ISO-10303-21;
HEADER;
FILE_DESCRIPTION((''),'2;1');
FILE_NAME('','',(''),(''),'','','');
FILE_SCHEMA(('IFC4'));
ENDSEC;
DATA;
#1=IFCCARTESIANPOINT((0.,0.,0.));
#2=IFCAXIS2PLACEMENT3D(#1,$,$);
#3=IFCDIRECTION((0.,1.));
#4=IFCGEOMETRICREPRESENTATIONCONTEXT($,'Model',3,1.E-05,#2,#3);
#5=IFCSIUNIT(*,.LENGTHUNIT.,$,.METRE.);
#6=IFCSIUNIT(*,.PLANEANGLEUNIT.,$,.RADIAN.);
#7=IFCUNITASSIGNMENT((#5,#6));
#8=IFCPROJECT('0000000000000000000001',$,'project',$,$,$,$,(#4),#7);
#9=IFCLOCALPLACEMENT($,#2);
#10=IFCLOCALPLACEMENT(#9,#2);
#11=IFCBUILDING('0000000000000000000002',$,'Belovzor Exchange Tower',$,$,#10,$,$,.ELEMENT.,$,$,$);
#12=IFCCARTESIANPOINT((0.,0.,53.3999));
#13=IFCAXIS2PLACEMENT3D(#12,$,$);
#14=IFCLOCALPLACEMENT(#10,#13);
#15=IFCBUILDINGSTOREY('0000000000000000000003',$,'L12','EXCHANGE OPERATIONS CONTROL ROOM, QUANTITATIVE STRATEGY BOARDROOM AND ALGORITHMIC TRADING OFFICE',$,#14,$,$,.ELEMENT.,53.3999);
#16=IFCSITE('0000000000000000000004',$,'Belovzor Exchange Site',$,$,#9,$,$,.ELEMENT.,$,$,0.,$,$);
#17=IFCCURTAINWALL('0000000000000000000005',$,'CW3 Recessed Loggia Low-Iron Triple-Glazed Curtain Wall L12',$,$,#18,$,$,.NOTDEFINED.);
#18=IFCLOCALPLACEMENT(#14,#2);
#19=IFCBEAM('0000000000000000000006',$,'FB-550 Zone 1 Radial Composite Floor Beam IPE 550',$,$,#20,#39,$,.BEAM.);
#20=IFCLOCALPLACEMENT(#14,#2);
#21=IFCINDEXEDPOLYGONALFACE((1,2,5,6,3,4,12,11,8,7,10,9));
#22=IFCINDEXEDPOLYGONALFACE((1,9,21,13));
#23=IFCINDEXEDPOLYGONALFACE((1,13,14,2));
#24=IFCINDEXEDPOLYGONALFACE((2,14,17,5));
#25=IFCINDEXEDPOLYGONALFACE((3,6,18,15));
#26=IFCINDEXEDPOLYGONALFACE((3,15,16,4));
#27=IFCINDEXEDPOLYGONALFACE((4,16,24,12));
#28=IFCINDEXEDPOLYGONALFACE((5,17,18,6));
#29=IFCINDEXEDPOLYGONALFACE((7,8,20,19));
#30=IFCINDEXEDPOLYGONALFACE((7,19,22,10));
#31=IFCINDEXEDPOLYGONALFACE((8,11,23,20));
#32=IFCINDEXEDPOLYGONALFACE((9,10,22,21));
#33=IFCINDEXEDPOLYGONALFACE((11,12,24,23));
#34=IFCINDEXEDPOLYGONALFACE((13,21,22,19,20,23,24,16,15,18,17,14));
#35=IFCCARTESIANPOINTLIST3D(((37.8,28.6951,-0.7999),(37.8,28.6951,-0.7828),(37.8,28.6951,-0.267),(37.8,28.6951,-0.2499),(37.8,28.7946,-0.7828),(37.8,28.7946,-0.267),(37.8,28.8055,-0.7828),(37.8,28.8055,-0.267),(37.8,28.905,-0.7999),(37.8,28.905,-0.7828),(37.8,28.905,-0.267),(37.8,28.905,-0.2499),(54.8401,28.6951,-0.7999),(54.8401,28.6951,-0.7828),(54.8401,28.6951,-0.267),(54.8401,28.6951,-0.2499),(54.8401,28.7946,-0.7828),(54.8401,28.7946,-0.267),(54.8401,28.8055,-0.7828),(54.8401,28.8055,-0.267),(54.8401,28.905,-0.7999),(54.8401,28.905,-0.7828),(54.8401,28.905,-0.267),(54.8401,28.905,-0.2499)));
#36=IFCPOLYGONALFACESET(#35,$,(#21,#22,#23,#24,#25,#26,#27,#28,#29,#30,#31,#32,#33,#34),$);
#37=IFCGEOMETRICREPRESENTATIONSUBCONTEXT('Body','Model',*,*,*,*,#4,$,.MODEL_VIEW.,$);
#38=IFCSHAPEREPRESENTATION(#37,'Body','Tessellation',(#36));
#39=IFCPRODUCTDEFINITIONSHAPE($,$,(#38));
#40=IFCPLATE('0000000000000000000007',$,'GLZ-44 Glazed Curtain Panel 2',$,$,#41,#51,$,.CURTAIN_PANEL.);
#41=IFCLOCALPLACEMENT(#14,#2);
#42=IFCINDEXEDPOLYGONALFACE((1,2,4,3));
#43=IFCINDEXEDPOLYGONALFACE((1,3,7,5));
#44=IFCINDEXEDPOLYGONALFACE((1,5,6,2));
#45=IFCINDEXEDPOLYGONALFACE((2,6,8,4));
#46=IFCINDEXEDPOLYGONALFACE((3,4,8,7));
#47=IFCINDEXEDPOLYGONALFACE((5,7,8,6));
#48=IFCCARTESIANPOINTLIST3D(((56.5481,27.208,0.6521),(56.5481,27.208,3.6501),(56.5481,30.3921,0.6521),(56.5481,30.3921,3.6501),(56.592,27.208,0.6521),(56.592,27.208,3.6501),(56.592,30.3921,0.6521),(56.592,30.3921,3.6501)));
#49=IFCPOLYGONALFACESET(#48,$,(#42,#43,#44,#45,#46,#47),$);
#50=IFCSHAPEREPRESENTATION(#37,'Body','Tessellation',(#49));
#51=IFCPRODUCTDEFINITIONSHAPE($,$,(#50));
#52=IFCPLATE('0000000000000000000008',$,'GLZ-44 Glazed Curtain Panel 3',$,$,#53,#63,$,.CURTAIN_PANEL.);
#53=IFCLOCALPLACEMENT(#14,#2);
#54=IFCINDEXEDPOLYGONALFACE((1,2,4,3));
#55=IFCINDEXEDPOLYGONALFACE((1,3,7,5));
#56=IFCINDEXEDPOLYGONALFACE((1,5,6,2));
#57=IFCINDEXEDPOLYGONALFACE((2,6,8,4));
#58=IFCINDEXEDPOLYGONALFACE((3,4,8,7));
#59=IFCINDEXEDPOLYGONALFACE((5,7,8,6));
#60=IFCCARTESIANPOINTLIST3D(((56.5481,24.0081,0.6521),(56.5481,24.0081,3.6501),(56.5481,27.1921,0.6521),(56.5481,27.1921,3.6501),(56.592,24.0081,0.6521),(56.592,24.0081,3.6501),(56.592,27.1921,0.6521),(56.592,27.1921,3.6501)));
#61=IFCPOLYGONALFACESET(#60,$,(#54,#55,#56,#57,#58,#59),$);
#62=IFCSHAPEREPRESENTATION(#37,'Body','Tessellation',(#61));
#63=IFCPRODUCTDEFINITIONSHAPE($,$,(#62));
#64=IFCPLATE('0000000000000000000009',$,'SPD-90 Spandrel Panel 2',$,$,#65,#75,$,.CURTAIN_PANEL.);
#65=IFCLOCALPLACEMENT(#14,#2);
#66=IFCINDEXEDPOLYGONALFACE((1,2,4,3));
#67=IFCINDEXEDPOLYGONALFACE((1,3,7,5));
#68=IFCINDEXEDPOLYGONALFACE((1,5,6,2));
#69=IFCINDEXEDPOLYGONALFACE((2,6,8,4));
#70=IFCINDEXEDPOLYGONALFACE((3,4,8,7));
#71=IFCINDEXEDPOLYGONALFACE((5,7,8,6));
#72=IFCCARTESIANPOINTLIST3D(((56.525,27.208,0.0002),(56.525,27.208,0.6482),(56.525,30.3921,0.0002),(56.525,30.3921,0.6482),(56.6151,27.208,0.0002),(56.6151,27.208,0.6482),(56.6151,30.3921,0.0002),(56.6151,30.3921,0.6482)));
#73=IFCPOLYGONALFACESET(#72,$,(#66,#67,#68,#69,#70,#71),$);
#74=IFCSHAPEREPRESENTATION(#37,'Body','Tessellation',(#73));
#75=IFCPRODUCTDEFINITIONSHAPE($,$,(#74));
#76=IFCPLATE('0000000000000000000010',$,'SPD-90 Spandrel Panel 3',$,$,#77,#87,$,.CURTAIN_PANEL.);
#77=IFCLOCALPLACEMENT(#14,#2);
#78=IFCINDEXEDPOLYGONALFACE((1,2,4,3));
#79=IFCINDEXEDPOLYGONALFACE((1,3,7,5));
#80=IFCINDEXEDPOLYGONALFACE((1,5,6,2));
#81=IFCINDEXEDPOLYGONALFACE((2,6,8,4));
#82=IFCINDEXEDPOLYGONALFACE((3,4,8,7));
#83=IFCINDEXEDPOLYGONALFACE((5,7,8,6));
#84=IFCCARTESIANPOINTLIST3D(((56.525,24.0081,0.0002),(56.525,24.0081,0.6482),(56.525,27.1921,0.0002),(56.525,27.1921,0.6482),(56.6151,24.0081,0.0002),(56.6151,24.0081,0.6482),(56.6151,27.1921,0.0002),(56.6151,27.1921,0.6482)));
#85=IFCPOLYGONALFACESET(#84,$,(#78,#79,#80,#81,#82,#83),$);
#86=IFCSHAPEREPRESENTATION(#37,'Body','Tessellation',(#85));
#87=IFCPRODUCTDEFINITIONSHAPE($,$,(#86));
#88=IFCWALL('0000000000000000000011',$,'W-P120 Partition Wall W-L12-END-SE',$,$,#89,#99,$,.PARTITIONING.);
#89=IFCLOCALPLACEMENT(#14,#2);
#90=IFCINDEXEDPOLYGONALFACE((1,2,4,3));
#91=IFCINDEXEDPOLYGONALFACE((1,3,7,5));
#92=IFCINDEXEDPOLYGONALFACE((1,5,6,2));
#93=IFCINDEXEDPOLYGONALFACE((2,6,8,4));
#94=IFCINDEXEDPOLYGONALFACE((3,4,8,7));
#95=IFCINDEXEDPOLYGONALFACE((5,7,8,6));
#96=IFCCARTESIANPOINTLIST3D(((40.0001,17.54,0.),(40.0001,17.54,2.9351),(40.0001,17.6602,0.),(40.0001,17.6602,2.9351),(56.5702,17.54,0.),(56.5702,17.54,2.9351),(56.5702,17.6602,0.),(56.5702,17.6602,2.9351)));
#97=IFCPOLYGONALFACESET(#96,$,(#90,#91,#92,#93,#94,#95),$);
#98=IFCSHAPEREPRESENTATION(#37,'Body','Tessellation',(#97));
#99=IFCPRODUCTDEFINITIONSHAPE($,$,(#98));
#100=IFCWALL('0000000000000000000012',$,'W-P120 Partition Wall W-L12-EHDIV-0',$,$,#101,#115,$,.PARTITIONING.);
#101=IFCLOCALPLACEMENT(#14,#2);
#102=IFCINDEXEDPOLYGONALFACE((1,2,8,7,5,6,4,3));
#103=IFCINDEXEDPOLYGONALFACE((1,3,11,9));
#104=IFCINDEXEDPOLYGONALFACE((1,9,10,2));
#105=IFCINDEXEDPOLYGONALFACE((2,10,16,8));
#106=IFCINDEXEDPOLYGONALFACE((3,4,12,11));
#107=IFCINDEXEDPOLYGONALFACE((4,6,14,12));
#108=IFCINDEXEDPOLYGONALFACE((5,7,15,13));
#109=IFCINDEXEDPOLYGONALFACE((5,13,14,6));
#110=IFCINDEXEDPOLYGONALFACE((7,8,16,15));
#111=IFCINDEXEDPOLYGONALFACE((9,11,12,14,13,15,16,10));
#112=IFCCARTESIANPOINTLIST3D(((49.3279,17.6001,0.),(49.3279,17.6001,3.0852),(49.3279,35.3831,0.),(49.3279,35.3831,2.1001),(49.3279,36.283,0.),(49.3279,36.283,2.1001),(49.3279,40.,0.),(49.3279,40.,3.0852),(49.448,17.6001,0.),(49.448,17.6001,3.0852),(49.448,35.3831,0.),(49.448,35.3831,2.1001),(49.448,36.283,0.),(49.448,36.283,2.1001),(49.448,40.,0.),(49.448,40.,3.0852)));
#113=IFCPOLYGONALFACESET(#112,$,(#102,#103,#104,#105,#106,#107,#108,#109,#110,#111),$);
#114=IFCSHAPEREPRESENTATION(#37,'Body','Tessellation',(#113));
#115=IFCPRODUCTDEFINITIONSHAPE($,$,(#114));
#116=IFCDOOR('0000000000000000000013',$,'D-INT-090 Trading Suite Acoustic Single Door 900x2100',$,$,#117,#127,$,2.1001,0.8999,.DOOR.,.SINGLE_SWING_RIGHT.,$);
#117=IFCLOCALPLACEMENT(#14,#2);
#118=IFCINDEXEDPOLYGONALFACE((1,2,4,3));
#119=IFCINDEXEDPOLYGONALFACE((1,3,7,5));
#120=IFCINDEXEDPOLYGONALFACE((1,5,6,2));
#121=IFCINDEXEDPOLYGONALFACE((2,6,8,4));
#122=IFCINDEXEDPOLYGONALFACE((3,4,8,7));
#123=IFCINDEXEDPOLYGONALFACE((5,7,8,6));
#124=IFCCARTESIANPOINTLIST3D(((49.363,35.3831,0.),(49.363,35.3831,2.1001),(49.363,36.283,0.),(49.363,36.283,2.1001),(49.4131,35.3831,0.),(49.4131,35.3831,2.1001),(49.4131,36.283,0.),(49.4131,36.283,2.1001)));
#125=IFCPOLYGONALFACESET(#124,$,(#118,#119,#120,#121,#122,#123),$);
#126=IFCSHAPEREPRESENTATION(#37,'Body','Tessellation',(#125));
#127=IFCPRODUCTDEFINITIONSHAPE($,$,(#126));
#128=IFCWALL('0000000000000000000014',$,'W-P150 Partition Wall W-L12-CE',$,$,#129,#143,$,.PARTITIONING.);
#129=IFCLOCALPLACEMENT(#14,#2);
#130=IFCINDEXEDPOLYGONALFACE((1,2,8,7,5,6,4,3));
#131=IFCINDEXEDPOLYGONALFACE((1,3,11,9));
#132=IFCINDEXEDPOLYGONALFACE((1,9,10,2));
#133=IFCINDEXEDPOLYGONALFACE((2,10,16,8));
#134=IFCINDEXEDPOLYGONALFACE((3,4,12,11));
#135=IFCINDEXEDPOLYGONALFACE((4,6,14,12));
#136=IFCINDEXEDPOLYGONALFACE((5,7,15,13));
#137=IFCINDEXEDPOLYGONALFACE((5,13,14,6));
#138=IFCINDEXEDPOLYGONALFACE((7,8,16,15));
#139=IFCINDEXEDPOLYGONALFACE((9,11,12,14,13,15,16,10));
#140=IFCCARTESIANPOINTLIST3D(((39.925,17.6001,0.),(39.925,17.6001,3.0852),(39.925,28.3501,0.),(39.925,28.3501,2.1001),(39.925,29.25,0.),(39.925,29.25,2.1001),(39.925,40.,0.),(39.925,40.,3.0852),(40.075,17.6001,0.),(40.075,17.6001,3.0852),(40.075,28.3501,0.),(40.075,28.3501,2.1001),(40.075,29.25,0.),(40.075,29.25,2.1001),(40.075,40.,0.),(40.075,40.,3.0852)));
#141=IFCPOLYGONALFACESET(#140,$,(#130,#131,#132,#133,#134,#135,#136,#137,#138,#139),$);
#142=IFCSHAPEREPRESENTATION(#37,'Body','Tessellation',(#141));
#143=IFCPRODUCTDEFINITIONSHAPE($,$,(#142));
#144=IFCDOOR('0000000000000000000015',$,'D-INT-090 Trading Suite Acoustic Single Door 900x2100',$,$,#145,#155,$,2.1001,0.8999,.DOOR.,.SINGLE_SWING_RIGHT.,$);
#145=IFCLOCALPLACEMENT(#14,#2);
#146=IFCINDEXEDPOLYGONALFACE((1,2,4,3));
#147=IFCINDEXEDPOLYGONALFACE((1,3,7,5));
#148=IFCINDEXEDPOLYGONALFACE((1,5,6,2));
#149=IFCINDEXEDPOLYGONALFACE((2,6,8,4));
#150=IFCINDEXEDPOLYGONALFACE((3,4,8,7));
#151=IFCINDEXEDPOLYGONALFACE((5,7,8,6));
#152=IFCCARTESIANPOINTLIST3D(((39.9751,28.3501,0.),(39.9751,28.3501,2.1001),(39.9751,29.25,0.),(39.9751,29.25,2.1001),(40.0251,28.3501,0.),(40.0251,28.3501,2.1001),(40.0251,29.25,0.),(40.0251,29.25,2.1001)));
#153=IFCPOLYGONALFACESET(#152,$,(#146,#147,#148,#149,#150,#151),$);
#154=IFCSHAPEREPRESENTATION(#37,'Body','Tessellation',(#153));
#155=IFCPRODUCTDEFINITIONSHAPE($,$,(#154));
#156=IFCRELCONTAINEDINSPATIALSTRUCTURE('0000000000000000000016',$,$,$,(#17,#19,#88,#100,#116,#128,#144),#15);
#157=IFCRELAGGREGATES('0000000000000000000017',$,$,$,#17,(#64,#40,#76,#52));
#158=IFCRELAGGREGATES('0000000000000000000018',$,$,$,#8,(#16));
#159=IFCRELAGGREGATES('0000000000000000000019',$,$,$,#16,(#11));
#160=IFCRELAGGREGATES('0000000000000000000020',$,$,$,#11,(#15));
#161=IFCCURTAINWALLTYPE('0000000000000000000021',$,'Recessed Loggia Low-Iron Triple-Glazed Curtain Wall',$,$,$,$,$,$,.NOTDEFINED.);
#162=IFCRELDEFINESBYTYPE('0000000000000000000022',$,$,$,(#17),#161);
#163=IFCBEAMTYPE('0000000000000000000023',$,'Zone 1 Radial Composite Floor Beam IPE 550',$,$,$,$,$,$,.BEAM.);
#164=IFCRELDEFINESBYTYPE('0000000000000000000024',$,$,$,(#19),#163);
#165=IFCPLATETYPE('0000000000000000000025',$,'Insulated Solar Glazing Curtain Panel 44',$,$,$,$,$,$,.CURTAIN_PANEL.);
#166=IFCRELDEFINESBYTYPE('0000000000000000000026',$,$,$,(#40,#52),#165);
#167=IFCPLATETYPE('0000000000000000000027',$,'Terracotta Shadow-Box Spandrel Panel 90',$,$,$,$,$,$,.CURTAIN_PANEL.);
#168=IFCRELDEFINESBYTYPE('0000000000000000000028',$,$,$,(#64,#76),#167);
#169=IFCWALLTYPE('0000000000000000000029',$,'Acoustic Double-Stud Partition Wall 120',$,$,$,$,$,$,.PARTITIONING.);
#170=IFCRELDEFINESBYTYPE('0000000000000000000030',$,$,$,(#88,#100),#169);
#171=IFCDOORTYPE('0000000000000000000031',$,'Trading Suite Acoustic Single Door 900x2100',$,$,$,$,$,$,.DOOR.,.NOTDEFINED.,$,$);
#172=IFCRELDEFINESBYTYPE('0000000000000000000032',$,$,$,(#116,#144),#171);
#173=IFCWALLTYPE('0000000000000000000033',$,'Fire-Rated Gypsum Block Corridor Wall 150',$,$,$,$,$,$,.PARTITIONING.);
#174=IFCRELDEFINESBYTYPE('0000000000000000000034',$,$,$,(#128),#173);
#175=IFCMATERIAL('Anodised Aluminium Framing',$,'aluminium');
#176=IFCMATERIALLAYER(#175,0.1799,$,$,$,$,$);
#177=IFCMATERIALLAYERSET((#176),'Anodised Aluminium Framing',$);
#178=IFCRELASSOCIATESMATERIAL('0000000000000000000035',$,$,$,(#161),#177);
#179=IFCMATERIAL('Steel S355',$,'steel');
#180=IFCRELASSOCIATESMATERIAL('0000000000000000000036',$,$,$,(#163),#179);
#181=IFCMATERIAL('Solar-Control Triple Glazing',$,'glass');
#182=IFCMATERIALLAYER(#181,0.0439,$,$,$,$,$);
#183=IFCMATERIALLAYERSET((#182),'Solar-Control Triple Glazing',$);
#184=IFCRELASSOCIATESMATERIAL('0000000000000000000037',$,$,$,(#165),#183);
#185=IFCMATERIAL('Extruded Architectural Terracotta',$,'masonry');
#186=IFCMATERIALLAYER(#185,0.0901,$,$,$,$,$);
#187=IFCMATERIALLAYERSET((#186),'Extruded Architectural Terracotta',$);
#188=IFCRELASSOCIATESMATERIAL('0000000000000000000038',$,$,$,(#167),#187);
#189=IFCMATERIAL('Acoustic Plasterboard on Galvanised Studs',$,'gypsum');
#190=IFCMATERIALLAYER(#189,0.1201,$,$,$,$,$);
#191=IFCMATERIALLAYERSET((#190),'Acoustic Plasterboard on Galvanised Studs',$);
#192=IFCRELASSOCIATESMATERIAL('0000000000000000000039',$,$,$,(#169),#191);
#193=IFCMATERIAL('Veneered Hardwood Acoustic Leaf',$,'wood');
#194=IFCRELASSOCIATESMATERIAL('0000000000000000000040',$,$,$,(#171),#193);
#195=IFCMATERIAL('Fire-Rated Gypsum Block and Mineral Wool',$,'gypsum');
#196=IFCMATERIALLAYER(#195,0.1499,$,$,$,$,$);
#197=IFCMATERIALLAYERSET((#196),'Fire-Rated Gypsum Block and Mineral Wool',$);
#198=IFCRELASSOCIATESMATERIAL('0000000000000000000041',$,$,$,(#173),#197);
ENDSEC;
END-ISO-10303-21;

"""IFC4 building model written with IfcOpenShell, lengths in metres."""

from ifc_helpers import new_model, si_unit, direction, frame, frame_2d, origin, origin_2d, place, context, subcontext, project, spatial, rectangle, i_section, extrude, material, layer, layer_set, material_profile, profile_set, type_object, element, fill, aggregate, save


model = new_model("IFC4")

# Units and contexts
model_context = context("Model", 3, precision=1e-05, world=origin(), true_north=direction((0.0, 1.0)))
body_context = subcontext(model_context, "Body", "Model", "MODEL_VIEW")
ifc_project = project(units=[si_unit("LENGTHUNIT", "METRE"), si_unit("PLANEANGLEUNIT", "RADIAN")], contexts=[model_context])

# Site, building, storey
site_placement = place(None, origin())
site = spatial("IfcSite", under=ifc_project, at=site_placement, Name="Belovzor Exchange Site", CompositionType="ELEMENT", RefElevation=0.0)
building_placement = place(site_placement, origin())
building = spatial("IfcBuilding", under=site, at=building_placement, Name="Belovzor Exchange Tower", CompositionType="ELEMENT")
storey_placement = place(building_placement, frame((0.0, 0.0, 53.3999)))
storey = spatial("IfcBuildingStorey", under=building, at=storey_placement, Name="L12", Description="EXCHANGE OPERATIONS CONTROL ROOM, QUANTITATIVE STRATEGY BOARDROOM AND ALGORITHMIC TRADING OFFICE", CompositionType="ELEMENT", Elevation=53.3999)

# Curtain wall
ifc_material_1 = material(Name="Anodised Aluminium Framing", Category="aluminium")
ifc_layer_1 = layer(ifc_material_1, 0.1799)
ifc_layer_set_1 = layer_set([ifc_layer_1], Name="Anodised Aluminium Framing")
curtain_wall_type = type_object("IfcCurtainWallType", Name="Recessed Loggia Low-Iron Triple-Glazed Curtain Wall", PredefinedType="NOTDEFINED", material=ifc_layer_set_1)
curtain_wall_placement = place(storey_placement, origin())
curtain_wall = element("IfcCurtainWall", 1, at=curtain_wall_placement, inside=storey, type_object=curtain_wall_type, Name="CW3 Recessed Loggia Low-Iron Triple-Glazed Curtain Wall L12", PredefinedType="NOTDEFINED")

# Beam
ifc_material_2 = material(Name="Steel S355", Category="steel")
ifc_material_profile_1 = material_profile(ifc_material_2, i_section(OverallWidth=0.21, OverallDepth=0.55, WebThickness=0.011, FlangeThickness=0.0171, at=origin_2d()))
ifc_profile_set_1 = profile_set([ifc_material_profile_1], Name="Steel S355")
beam_type_1 = type_object("IfcBeamType", Name="Zone 1 Radial Composite Floor Beam IPE 550", PredefinedType="BEAM", material=ifc_profile_set_1)
beam_1_placement = place(storey_placement, frame((37.8, 28.8, -0.5249), z_axis=(1.0, 0.0, 0.0), x_axis=(0.0, 1.0, 0.0)))
element("IfcBeam", 2, at=beam_1_placement, inside=storey, type_object=beam_type_1, Name="FB-550 Zone 1 Radial Composite Floor Beam IPE 550", PredefinedType="BEAM", context=body_context, shape_type="SweptSolid", body=[
    extrude(i_section(OverallWidth=0.21, OverallDepth=0.55, WebThickness=0.011, FlangeThickness=0.0171, at=origin_2d()), origin(), (0.0, 0.0, 1.0), 17.04),
])

# Plates
ifc_material_3 = material(Name="Solar-Control Triple Glazing", Category="glass")
ifc_layer_2 = layer(ifc_material_3, 0.0439)
ifc_layer_set_2 = layer_set([ifc_layer_2], Name="Solar-Control Triple Glazing")
plate_type_1 = type_object("IfcPlateType", Name="Insulated Solar Glazing Curtain Panel 44", PredefinedType="CURTAIN_PANEL", material=ifc_layer_set_2)
plate_1_placement = place(storey_placement, frame((56.5701, 28.8, 0.6521), z_axis=(0.0, 0.0, 1.0), x_axis=(0.0, -1.0, 0.0)))
plate_1 = element("IfcPlate", 3, at=plate_1_placement, type_object=plate_type_1, Name="GLZ-44 Glazed Curtain Panel 2", PredefinedType="CURTAIN_PANEL", context=body_context, shape_type="SweptSolid", body=[
    extrude(rectangle(XDim=3.1841, YDim=0.0439, at=origin_2d()), origin(), (0.0, 0.0, 1.0), 2.998),
])
plate_2_placement = place(storey_placement, frame((56.5701, 25.6001, 0.6521), z_axis=(0.0, 0.0, 1.0), x_axis=(0.0, -1.0, 0.0)))
plate_2 = element("IfcPlate", 4, at=plate_2_placement, type_object=plate_type_1, Name="GLZ-44 Glazed Curtain Panel 3", PredefinedType="CURTAIN_PANEL", context=body_context, shape_type="SweptSolid", body=[
    extrude(rectangle(XDim=3.1841, YDim=0.0439, at=origin_2d()), origin(), (0.0, 0.0, 1.0), 2.998),
])
ifc_material_4 = material(Name="Extruded Architectural Terracotta", Category="masonry")
ifc_layer_3 = layer(ifc_material_4, 0.0901)
ifc_layer_set_3 = layer_set([ifc_layer_3], Name="Extruded Architectural Terracotta")
plate_type_2 = type_object("IfcPlateType", Name="Terracotta Shadow-Box Spandrel Panel 90", PredefinedType="CURTAIN_PANEL", material=ifc_layer_set_3)
plate_3_placement = place(storey_placement, frame((56.5701, 28.8, 0.0002), z_axis=(0.0, 0.0, 1.0), x_axis=(0.0, -1.0, 0.0)))
plate_3 = element("IfcPlate", 5, at=plate_3_placement, type_object=plate_type_2, Name="SPD-90 Spandrel Panel 2", PredefinedType="CURTAIN_PANEL", context=body_context, shape_type="SweptSolid", body=[
    extrude(rectangle(XDim=3.1841, YDim=0.0901, at=origin_2d()), origin(), (0.0, 0.0, 1.0), 0.6479),
])
plate_4_placement = place(storey_placement, frame((56.5701, 25.6001, 0.0002), z_axis=(0.0, 0.0, 1.0), x_axis=(0.0, -1.0, 0.0)))
plate_4 = element("IfcPlate", 6, at=plate_4_placement, type_object=plate_type_2, Name="SPD-90 Spandrel Panel 3", PredefinedType="CURTAIN_PANEL", context=body_context, shape_type="SweptSolid", body=[
    extrude(rectangle(XDim=3.1841, YDim=0.0901, at=origin_2d()), origin(), (0.0, 0.0, 1.0), 0.6479),
])
aggregate(curtain_wall, [plate_3, plate_1, plate_4, plate_2])

# Wall
ifc_material_5 = material(Name="Acoustic Plasterboard on Galvanised Studs", Category="gypsum")
ifc_layer_4 = layer(ifc_material_5, 0.1201)
ifc_layer_set_4 = layer_set([ifc_layer_4], Name="Acoustic Plasterboard on Galvanised Studs")
wall_type_1 = type_object("IfcWallType", Name="Acoustic Double-Stud Partition Wall 120", PredefinedType="PARTITIONING", material=ifc_layer_set_4)
wall_1_placement = place(storey_placement, frame((40.0, 17.6001, 0.0), z_axis=(0.0, 0.0, 1.0), x_axis=(1.0, 0.0, 0.0)))
element("IfcWall", 7, at=wall_1_placement, inside=storey, type_object=wall_type_1, Name="W-P120 Partition Wall W-L12-END-SE", PredefinedType="PARTITIONING", context=body_context, shape_type="SweptSolid", body=[
    extrude(rectangle(XDim=16.5701, YDim=0.1201, at=frame_2d((8.2852, 0.0))), origin(), (0.0, 0.0, 1.0), 2.9351),
])

# Walls, openings, doors
wall_2_placement = place(storey_placement, frame((49.3879, 17.6001, 0.0), z_axis=(0.0, 0.0, 1.0), x_axis=(0.0, 1.0, 0.0)))
wall_2 = element("IfcWall", 8, at=wall_2_placement, inside=storey, type_object=wall_type_1, Name="W-P120 Partition Wall W-L12-EHDIV-0", PredefinedType="PARTITIONING", context=body_context, shape_type="SweptSolid", body=[
    extrude(rectangle(XDim=22.3999, YDim=0.1201, at=frame_2d((11.2, 0.0))), origin(), (0.0, 0.0, 1.0), 3.0852),
])
opening_1_placement = place(wall_2_placement, frame((17.783, 0.0, 0.0)))
opening_1 = element("IfcOpeningElement", 9, at=opening_1_placement, cuts=wall_2, PredefinedType="OPENING", context=body_context, shape_type="SweptSolid", body=[
    extrude(rectangle(XDim=0.8999, YDim=2.1001, at=frame_2d((0.45, 1.05))), frame((0.0, 0.0701, 0.0), z_axis=(0.0, -1.0, 0.0), x_axis=(1.0, 0.0, 0.0)), (0.0, 0.0, 1.0), 0.1401),
])
ifc_material_6 = material(Name="Veneered Hardwood Acoustic Leaf", Category="wood")
door_type_1 = type_object("IfcDoorType", Name="Trading Suite Acoustic Single Door 900x2100", OperationType="NOTDEFINED", PredefinedType="DOOR", material=ifc_material_6)
door_1_placement = place(opening_1_placement, origin())
door_1 = element("IfcDoor", 10, at=door_1_placement, inside=storey, type_object=door_type_1, Name="D-INT-090 Trading Suite Acoustic Single Door 900x2100", OperationType="SINGLE_SWING_RIGHT", OverallHeight=2.1001, OverallWidth=0.8999, PredefinedType="DOOR", context=body_context, shape_type="SweptSolid", body=[
    extrude(rectangle(XDim=0.8999, YDim=2.1001, at=frame_2d((0.45, 1.05))), frame((0.0, 0.0249, 0.0), z_axis=(0.0, -1.0, 0.0), x_axis=(1.0, 0.0, 0.0)), (0.0, 0.0, 1.0), 0.05),
])
fill(opening_1, door_1)
ifc_material_7 = material(Name="Fire-Rated Gypsum Block and Mineral Wool", Category="gypsum")
ifc_layer_5 = layer(ifc_material_7, 0.1499)
ifc_layer_set_5 = layer_set([ifc_layer_5], Name="Fire-Rated Gypsum Block and Mineral Wool")
wall_type_2 = type_object("IfcWallType", Name="Fire-Rated Gypsum Block Corridor Wall 150", PredefinedType="PARTITIONING", material=ifc_layer_set_5)
wall_3_placement = place(storey_placement, frame((40.0, 17.6001, 0.0), z_axis=(0.0, 0.0, 1.0), x_axis=(0.0, 1.0, 0.0)))
wall_3 = element("IfcWall", 11, at=wall_3_placement, inside=storey, type_object=wall_type_2, Name="W-P150 Partition Wall W-L12-CE", PredefinedType="PARTITIONING", context=body_context, shape_type="SweptSolid", body=[
    extrude(rectangle(XDim=22.3999, YDim=0.1499, at=frame_2d((11.2, 0.0))), origin(), (0.0, 0.0, 1.0), 3.0852),
])
opening_2_placement = place(wall_3_placement, frame((10.75, 0.0, 0.0)))
opening_2 = element("IfcOpeningElement", 12, at=opening_2_placement, cuts=wall_3, PredefinedType="OPENING", context=body_context, shape_type="SweptSolid", body=[
    extrude(rectangle(XDim=0.8999, YDim=2.1001, at=frame_2d((0.45, 1.05))), frame((0.0, 0.085, 0.0), z_axis=(0.0, -1.0, 0.0), x_axis=(1.0, 0.0, 0.0)), (0.0, 0.0, 1.0), 0.1699),
])
door_2_placement = place(opening_2_placement, origin())
door_2 = element("IfcDoor", 13, at=door_2_placement, inside=storey, type_object=door_type_1, Name="D-INT-090 Trading Suite Acoustic Single Door 900x2100", OperationType="SINGLE_SWING_RIGHT", OverallHeight=2.1001, OverallWidth=0.8999, PredefinedType="DOOR", context=body_context, shape_type="SweptSolid", body=[
    extrude(rectangle(XDim=0.8999, YDim=2.1001, at=frame_2d((0.45, 1.05))), frame((0.0, 0.0249, 0.0), z_axis=(0.0, -1.0, 0.0), x_axis=(1.0, 0.0, 0.0)), (0.0, 0.0, 1.0), 0.05),
])
fill(opening_2, door_2)

save(model, "model.ifc")
